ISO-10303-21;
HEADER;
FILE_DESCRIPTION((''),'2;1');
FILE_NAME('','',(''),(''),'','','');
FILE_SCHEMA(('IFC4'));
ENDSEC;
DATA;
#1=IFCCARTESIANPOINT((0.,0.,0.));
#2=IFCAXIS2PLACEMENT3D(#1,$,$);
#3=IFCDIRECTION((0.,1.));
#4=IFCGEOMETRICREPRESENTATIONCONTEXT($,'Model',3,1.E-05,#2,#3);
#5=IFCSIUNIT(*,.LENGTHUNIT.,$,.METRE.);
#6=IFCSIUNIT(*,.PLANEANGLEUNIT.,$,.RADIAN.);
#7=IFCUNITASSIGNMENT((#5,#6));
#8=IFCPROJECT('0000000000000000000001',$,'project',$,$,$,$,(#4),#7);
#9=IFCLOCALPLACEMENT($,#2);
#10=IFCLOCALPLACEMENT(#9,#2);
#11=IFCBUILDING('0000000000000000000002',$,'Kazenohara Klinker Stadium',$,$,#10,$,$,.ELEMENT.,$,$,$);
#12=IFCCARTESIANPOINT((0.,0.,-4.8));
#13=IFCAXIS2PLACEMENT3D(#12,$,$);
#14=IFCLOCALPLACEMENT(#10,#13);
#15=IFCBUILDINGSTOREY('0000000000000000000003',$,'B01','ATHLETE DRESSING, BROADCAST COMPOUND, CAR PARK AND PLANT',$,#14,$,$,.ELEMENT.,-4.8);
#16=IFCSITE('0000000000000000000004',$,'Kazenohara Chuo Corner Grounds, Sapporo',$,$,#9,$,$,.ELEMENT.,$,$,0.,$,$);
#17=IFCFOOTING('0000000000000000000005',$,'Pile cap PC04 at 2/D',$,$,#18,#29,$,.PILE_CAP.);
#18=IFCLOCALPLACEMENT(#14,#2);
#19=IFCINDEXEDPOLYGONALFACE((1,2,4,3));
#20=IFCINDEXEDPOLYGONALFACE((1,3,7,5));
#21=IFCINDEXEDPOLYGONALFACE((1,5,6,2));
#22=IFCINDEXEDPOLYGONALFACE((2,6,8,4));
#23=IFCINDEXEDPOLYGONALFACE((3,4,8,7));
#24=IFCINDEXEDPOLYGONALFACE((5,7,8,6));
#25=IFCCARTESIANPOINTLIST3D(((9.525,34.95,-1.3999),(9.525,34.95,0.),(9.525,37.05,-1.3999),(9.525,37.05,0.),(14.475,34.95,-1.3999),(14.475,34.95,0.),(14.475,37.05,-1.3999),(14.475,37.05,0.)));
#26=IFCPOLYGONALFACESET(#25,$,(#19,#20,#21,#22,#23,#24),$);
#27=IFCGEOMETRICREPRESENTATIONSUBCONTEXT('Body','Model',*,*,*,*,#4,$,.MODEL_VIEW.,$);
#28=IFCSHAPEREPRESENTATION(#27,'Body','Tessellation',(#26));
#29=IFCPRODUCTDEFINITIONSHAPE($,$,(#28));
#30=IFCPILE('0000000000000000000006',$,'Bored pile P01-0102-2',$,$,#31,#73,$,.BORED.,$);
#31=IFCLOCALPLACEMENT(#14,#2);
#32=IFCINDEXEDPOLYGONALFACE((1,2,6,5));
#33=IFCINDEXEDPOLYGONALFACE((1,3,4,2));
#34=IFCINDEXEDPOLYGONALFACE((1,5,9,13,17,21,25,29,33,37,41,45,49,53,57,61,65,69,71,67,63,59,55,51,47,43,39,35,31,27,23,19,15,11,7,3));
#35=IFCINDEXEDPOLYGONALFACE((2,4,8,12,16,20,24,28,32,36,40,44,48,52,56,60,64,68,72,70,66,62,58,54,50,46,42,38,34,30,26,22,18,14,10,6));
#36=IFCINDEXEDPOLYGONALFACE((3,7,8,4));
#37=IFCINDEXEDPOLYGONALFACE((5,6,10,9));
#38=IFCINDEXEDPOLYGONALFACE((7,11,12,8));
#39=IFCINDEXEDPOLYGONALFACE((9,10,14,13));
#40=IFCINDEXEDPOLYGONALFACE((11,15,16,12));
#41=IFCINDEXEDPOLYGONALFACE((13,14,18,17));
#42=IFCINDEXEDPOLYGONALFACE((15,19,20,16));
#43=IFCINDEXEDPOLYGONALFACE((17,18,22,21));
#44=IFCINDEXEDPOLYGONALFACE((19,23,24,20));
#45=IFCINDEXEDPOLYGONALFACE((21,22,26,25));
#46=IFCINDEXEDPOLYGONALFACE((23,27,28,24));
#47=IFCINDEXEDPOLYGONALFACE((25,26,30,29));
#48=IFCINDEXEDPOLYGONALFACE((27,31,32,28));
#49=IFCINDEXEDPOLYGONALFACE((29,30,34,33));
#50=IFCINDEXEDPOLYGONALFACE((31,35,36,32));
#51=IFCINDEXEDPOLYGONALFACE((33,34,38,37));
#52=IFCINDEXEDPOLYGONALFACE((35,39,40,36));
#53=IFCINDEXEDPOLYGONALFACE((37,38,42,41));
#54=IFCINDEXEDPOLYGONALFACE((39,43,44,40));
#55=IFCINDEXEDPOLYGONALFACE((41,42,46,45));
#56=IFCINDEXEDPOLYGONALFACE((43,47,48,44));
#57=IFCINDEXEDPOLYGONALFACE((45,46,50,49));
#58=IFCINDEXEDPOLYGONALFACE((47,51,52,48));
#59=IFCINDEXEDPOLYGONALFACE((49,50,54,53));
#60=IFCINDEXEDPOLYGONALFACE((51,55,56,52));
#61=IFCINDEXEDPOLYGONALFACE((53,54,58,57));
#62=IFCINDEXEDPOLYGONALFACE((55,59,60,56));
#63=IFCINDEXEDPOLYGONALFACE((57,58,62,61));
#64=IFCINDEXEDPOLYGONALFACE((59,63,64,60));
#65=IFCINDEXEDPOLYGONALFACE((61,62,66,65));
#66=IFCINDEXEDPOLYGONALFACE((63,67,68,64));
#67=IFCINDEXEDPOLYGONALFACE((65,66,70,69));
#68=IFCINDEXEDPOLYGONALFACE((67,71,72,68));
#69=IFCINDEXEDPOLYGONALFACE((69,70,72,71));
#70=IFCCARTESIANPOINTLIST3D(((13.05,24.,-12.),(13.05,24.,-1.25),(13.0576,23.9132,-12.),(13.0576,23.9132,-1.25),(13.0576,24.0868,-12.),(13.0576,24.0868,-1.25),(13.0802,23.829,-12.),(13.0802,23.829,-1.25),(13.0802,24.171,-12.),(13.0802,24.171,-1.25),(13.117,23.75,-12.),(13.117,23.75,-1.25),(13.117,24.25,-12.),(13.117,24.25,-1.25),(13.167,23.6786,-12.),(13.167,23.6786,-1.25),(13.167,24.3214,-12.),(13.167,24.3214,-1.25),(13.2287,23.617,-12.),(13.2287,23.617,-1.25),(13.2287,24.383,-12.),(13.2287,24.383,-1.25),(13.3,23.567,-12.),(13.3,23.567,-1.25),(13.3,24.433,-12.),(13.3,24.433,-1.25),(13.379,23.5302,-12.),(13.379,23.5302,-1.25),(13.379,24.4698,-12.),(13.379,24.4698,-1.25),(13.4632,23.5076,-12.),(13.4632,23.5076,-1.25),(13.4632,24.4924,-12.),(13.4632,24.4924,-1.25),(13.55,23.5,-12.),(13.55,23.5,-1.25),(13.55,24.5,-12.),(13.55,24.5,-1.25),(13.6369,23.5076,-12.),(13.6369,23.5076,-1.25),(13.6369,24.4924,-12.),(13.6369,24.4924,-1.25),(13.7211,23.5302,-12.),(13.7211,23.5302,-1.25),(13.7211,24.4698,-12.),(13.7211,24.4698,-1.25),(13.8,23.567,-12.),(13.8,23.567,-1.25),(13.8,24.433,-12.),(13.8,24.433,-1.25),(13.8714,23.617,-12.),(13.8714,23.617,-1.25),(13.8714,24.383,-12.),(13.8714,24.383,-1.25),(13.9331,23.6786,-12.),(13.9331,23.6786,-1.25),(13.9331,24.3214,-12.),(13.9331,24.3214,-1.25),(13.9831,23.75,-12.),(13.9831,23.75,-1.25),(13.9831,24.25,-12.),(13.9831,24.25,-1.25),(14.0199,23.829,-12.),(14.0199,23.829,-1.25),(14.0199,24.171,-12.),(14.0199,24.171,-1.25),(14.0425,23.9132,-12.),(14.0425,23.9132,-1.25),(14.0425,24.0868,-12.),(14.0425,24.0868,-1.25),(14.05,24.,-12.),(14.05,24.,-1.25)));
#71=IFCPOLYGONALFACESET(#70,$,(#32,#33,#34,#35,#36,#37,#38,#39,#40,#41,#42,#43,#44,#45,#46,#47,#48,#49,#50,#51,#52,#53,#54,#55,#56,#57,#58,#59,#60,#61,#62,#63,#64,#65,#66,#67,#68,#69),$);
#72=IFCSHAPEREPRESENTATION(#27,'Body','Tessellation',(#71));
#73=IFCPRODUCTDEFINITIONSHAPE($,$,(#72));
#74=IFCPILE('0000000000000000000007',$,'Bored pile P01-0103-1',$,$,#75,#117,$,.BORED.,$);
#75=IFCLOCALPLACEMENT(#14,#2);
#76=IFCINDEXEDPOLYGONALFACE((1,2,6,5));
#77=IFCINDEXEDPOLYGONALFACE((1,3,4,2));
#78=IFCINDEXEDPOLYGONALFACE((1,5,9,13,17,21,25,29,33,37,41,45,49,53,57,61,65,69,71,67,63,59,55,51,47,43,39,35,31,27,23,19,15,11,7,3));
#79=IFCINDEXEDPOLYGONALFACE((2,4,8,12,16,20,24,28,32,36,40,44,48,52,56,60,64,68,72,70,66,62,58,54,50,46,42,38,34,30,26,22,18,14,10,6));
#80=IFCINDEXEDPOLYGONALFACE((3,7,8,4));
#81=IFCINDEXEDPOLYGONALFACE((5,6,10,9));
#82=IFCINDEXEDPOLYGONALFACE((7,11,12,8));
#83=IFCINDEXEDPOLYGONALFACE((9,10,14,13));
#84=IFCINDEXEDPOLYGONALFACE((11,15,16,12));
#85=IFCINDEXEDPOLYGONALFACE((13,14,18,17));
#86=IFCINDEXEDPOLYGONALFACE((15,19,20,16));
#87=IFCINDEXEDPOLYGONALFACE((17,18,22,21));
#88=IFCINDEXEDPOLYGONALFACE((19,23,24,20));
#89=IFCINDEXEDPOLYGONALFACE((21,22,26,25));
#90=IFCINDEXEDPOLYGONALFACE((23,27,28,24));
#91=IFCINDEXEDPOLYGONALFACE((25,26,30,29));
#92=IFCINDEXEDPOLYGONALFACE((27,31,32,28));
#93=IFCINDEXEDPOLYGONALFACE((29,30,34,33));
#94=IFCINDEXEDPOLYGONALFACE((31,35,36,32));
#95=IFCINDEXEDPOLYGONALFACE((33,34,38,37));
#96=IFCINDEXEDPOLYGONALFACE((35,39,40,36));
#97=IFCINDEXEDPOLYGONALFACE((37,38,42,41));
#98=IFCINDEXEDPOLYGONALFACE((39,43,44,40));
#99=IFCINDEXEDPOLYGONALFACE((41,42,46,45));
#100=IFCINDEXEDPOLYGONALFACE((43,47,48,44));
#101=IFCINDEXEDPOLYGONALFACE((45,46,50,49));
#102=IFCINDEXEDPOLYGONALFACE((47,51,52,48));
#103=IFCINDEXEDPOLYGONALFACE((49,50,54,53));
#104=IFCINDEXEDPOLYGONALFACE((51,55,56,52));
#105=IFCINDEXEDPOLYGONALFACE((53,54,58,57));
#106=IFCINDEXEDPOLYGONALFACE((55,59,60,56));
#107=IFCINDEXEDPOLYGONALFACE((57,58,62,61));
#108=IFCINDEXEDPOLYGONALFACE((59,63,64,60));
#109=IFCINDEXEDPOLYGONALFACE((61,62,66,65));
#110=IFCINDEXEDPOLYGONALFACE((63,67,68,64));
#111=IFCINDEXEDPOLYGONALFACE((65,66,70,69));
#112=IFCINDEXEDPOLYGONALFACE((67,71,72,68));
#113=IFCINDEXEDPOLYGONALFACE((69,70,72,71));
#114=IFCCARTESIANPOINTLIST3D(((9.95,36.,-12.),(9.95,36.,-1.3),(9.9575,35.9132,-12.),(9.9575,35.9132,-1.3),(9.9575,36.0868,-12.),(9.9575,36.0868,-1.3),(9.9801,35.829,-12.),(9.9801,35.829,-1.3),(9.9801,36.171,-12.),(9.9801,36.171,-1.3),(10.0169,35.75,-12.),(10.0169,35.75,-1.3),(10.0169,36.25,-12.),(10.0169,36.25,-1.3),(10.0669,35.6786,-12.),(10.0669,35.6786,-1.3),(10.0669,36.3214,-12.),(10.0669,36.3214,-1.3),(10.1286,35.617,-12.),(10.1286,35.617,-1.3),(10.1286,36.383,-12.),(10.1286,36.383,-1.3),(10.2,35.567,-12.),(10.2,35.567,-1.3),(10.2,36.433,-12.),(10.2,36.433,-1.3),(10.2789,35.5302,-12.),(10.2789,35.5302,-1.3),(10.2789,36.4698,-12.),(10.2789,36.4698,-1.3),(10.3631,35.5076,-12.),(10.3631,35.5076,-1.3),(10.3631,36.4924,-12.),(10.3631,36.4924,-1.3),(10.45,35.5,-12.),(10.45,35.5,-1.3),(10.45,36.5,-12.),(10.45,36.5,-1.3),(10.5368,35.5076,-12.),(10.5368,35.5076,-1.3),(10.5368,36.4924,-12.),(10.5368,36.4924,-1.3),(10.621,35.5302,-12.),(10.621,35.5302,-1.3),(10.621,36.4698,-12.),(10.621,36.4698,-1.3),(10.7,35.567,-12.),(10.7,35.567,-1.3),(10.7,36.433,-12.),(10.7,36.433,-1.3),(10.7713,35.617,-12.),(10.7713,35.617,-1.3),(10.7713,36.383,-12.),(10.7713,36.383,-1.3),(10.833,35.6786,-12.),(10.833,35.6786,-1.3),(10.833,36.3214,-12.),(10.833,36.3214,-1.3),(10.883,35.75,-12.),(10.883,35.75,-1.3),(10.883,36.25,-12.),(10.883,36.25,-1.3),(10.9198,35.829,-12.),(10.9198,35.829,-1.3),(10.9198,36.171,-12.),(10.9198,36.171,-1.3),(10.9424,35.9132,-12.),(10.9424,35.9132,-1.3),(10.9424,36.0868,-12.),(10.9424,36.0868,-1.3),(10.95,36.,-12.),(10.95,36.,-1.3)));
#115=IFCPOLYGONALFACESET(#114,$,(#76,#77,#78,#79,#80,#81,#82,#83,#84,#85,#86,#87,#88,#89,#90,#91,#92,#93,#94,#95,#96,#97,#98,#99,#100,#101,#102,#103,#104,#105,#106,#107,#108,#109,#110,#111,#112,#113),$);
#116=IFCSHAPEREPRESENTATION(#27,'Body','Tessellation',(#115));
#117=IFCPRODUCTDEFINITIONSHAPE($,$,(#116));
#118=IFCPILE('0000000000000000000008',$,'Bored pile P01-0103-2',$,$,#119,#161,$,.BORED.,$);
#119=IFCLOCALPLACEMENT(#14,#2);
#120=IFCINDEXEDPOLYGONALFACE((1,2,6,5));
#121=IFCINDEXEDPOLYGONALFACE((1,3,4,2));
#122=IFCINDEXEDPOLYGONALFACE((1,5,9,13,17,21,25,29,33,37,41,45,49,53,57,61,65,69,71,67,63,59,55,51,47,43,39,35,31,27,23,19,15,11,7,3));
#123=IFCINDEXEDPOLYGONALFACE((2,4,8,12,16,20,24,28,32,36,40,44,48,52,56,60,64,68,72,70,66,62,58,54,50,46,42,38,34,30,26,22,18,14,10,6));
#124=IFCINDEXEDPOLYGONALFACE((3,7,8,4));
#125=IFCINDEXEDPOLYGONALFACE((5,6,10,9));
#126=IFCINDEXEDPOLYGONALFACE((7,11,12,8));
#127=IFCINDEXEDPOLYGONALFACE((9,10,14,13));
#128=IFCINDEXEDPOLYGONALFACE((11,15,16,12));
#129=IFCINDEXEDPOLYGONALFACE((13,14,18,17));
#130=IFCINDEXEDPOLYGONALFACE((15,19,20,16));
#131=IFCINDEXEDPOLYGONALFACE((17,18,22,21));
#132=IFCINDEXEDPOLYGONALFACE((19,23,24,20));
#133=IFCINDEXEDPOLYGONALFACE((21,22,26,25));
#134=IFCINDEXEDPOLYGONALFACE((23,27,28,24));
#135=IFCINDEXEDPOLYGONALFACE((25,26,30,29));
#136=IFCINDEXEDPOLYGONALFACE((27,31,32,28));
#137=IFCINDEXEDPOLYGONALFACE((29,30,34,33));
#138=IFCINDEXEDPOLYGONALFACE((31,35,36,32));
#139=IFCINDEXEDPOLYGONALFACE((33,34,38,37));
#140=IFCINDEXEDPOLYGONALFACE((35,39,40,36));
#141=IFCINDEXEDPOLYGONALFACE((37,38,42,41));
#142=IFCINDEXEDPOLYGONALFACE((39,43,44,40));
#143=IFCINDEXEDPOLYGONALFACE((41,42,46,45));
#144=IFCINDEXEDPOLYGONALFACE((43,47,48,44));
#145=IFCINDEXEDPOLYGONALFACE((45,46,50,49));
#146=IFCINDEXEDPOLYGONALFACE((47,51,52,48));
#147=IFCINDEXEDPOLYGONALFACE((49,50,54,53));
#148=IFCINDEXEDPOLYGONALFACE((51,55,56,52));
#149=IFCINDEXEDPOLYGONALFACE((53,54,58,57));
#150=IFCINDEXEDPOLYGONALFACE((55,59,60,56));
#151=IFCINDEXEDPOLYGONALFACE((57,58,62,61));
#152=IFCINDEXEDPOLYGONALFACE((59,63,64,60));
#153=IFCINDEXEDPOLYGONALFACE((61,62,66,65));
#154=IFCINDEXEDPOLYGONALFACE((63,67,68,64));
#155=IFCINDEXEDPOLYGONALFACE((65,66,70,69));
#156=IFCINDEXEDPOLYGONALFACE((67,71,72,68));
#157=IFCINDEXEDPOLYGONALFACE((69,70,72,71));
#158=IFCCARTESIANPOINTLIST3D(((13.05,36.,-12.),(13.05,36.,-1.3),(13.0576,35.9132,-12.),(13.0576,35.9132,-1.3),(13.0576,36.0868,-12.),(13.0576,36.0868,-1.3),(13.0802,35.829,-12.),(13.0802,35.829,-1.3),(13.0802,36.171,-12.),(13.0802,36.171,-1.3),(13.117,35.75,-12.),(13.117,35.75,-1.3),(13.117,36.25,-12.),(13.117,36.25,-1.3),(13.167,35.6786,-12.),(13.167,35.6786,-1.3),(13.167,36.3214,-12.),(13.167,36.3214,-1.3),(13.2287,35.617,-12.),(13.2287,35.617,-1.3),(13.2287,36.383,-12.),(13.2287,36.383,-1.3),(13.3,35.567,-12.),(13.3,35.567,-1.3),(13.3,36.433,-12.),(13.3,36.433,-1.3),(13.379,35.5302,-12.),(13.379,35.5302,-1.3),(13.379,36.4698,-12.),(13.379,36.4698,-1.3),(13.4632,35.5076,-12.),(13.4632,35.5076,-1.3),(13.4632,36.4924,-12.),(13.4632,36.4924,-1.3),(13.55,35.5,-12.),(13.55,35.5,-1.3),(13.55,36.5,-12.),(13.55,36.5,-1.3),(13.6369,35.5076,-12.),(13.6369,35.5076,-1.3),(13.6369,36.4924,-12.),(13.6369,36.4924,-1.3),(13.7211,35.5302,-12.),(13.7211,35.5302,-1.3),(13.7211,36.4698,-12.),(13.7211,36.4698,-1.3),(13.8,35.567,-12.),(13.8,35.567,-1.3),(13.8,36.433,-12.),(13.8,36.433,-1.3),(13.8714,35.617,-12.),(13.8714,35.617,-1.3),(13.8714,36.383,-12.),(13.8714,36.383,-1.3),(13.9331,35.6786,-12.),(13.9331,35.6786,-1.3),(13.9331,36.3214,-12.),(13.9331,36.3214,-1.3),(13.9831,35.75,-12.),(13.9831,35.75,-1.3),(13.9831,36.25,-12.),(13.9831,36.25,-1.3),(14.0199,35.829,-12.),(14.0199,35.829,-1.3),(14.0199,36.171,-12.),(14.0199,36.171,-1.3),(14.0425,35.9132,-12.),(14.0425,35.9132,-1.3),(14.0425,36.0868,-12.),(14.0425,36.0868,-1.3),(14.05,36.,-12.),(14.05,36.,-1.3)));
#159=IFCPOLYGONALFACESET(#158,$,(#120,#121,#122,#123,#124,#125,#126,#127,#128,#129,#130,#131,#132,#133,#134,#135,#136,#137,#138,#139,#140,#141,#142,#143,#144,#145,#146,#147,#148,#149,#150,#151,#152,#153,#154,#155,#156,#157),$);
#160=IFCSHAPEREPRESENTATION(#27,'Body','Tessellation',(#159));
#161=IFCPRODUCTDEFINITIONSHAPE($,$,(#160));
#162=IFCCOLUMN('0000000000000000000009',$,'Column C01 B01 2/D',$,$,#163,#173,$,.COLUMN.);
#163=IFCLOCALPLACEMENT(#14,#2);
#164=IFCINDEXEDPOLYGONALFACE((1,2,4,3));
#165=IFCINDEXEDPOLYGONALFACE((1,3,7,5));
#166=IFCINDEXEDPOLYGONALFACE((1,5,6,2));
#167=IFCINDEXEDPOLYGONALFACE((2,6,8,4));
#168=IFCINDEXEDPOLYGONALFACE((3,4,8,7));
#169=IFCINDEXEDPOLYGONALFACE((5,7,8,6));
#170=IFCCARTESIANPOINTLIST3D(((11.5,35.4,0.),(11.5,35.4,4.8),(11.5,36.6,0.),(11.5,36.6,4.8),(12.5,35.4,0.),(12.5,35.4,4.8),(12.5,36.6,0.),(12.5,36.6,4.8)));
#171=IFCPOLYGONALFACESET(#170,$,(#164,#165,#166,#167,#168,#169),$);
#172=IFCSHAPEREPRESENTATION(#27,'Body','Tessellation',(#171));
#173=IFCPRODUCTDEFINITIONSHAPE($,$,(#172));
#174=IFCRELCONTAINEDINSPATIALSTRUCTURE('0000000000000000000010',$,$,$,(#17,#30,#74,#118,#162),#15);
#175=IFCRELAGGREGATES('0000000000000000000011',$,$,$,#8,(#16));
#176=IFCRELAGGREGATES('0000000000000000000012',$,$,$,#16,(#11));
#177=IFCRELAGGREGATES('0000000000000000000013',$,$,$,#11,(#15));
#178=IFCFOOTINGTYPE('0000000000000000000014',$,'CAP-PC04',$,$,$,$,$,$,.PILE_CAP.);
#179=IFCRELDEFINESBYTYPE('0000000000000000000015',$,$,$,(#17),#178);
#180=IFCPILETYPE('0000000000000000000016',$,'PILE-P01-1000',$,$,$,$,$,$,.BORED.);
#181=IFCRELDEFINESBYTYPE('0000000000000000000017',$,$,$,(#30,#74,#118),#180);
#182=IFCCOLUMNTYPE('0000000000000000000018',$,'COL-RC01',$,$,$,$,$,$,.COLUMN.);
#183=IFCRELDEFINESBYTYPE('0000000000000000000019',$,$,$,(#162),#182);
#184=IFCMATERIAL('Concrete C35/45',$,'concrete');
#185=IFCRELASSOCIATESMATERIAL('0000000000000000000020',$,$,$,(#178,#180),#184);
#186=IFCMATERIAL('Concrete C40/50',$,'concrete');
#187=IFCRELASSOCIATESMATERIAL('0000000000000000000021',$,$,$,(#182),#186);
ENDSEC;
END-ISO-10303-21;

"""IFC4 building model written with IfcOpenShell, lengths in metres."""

from ifc_helpers import new_model, si_unit, direction, frame, origin, origin_2d, place, context, subcontext, project, spatial, rectangle, circle, extrude, material, material_profile, profile_set, type_object, element, save


model = new_model("IFC4")

# Units and contexts
model_context = context("Model", 3, precision=1e-05, world=origin(), true_north=direction((0.0, 1.0)))
body_context = subcontext(model_context, "Body", "Model", "MODEL_VIEW")
ifc_project = project(units=[si_unit("LENGTHUNIT", "METRE"), si_unit("PLANEANGLEUNIT", "RADIAN")], contexts=[model_context])

# Site, building, storey
site_placement = place(None, origin())
site = spatial("IfcSite", under=ifc_project, at=site_placement, Name="Kazenohara Chuo Corner Grounds, Sapporo", CompositionType="ELEMENT", RefElevation=0.0)
building_placement = place(site_placement, origin())
building = spatial("IfcBuilding", under=site, at=building_placement, Name="Kazenohara Klinker Stadium", CompositionType="ELEMENT")
storey_placement = place(building_placement, frame((0.0, 0.0, -4.8)))
storey = spatial("IfcBuildingStorey", under=building, at=storey_placement, Name="B01", Description="ATHLETE DRESSING, BROADCAST COMPOUND, CAR PARK AND PLANT", CompositionType="ELEMENT", Elevation=-4.8)

# Footing
ifc_material_1 = material(Name="Concrete C35/45", Category="concrete")
footing_type = type_object("IfcFootingType", Name="CAP-PC04", PredefinedType="PILE_CAP", material=ifc_material_1)
footing_placement = place(storey_placement, frame((12.0, 36.0, -1.3999), z_axis=(0.0, 0.0, 1.0), x_axis=(1.0, 0.0, 0.0)))
element("IfcFooting", 1, at=footing_placement, inside=storey, type_object=footing_type, Name="Pile cap PC04 at 2/D", PredefinedType="PILE_CAP", context=body_context, shape_type="SweptSolid", body=[
    extrude(rectangle(XDim=4.95, YDim=2.1001, at=origin_2d()), origin(), (0.0, 0.0, 1.0), 1.3999),
])

# Piles
ifc_material_profile_1 = material_profile(ifc_material_1, circle(Radius=0.5, at=origin_2d()), Name="BORED-PILE-1000")
ifc_profile_set_1 = profile_set([ifc_material_profile_1], Name="Concrete C35/45")
pile_type = type_object("IfcPileType", Name="PILE-P01-1000", PredefinedType="BORED", material=ifc_profile_set_1)
pile_placement = place(storey_placement, frame((13.55, 24.0, -1.25), z_axis=(0.0, 0.0, -1.0), x_axis=(1.0, 0.0, 0.0)))
element("IfcPile", 2, at=pile_placement, inside=storey, type_object=pile_type, Name="Bored pile P01-0102-2", PredefinedType="BORED", context=body_context, shape_type="SweptSolid", body=[
    extrude(circle(Radius=0.5, at=origin_2d()), origin(), (0.0, 0.0, 1.0), 10.75),
])
for number, where, z_axis, x_axis, name in (
    (3, (10.45, 36.0, -1.3), (0.0, 0.0, -1.0), (1.0, 0.0, 0.0), "Bored pile P01-0103-1"),
    (4, (13.55, 36.0, -1.3), (0.0, 0.0, -1.0), (1.0, 0.0, 0.0), "Bored pile P01-0103-2"),
):
    element("IfcPile", number, at=place(storey_placement, frame(where, z_axis=z_axis, x_axis=x_axis)), inside=storey, type_object=pile_type, Name=name, PredefinedType="BORED", context=body_context, shape_type="SweptSolid", body=[
        extrude(circle(Radius=0.5, at=origin_2d()), origin(), (0.0, 0.0, 1.0), 10.7),
    ])

# Column
ifc_material_2 = material(Name="Concrete C40/50", Category="concrete")
ifc_material_profile_2 = material_profile(ifc_material_2, rectangle(XDim=1.0, YDim=1.2, at=origin_2d()), Name="RC-COL-1200x1000")
ifc_profile_set_2 = profile_set([ifc_material_profile_2], Name="Concrete C40/50")
column_type = type_object("IfcColumnType", Name="COL-RC01", PredefinedType="COLUMN", material=ifc_profile_set_2)
column_placement = place(storey_placement, frame((12.0, 36.0, 0.0), z_axis=(0.0, 0.0, 1.0), x_axis=(1.0, 0.0, 0.0)))
element("IfcColumn", 5, at=column_placement, inside=storey, type_object=column_type, Name="Column C01 B01 2/D", PredefinedType="COLUMN", context=body_context, shape_type="SweptSolid", body=[
    extrude(rectangle(XDim=1.0, YDim=1.2, at=origin_2d()), origin(), (0.0, 0.0, 1.0), 4.8),
])

save(model, "model.ifc")
